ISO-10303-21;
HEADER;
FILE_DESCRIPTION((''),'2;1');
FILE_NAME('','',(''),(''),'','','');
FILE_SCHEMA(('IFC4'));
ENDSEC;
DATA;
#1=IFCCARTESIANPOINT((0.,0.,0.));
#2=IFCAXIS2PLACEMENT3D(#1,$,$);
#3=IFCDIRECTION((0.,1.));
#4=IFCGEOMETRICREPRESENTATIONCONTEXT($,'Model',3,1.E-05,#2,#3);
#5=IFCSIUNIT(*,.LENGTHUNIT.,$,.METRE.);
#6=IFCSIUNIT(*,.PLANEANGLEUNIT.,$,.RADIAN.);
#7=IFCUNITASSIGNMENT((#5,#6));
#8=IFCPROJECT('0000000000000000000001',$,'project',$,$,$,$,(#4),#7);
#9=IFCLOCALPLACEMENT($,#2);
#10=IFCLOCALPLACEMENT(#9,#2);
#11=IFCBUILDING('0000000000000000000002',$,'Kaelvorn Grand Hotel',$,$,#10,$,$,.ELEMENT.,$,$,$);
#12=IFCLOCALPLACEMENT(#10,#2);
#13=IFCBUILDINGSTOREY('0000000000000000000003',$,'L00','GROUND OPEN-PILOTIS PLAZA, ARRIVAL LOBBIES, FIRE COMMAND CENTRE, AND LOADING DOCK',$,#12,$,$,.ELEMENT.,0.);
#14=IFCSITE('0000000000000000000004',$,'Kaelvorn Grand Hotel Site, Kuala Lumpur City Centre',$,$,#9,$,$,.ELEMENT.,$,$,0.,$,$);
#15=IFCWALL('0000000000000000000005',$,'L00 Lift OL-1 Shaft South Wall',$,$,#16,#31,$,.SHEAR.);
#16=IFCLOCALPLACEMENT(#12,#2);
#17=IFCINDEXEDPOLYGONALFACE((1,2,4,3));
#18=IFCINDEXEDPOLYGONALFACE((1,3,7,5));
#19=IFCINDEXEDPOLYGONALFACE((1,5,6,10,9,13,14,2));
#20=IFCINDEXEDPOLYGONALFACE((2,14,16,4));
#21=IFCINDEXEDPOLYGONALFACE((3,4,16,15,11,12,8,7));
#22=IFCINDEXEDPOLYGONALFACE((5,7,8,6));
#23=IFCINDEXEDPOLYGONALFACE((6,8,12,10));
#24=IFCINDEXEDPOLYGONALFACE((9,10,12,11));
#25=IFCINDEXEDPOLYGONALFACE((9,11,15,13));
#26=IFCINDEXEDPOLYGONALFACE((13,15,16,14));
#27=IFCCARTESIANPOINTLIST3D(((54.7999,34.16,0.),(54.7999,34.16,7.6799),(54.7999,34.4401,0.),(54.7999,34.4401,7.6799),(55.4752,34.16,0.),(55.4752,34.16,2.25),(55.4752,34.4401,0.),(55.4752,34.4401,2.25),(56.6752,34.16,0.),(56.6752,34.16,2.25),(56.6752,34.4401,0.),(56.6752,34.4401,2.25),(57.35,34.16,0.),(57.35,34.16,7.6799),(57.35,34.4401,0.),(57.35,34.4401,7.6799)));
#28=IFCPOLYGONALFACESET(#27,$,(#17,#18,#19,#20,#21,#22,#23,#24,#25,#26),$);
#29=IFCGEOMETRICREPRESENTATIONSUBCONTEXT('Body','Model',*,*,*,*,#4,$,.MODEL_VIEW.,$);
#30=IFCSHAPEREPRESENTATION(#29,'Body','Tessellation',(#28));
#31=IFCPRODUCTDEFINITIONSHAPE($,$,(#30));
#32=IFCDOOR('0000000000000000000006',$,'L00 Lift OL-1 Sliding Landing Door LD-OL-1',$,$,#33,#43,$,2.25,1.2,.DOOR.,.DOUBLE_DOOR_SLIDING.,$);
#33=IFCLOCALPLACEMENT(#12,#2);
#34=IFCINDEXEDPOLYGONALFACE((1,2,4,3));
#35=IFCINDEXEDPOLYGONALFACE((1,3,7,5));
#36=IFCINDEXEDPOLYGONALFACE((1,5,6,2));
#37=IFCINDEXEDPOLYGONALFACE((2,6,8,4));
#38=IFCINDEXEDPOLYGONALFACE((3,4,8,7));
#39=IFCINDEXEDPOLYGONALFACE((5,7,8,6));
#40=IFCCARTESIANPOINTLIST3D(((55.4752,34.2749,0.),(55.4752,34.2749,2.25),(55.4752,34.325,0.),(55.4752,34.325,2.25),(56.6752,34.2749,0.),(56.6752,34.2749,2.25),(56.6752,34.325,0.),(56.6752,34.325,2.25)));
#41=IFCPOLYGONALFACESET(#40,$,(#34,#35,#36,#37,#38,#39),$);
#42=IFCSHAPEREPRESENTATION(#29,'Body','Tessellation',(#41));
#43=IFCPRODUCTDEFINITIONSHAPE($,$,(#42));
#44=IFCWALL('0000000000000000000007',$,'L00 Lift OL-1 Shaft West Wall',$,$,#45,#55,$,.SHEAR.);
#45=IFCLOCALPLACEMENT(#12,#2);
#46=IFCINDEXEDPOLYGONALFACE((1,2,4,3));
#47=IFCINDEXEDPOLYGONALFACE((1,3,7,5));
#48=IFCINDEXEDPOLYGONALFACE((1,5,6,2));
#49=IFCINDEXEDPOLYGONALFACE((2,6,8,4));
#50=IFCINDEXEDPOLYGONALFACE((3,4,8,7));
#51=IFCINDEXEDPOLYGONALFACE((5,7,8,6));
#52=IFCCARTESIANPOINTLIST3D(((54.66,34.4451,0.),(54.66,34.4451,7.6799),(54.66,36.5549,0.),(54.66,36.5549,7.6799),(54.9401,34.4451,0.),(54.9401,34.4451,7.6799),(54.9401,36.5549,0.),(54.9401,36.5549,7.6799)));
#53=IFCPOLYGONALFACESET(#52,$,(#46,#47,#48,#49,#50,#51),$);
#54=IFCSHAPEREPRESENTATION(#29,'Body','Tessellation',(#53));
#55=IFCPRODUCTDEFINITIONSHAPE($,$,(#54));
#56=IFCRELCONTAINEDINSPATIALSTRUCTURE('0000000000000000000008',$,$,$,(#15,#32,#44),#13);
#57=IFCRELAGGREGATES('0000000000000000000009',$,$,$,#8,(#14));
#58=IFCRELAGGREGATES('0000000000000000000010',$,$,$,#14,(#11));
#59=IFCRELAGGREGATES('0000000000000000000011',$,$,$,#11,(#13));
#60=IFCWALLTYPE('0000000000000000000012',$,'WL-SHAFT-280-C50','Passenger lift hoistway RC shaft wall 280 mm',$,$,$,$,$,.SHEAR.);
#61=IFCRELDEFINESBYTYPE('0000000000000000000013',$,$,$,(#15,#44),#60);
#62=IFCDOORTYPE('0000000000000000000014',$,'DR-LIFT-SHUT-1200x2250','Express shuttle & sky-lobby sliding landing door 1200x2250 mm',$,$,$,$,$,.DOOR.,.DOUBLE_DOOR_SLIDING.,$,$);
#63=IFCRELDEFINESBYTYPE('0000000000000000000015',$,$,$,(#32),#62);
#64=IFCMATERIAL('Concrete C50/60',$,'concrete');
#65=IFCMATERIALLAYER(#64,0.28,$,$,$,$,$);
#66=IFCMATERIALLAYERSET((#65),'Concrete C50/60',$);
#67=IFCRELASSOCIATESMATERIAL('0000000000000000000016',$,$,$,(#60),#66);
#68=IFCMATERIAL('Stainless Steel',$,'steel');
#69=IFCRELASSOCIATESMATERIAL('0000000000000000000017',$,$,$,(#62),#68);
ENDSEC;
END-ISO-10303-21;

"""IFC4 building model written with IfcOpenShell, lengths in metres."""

from ifc_helpers import new_model, si_unit, direction, frame, frame_2d, origin, place, context, subcontext, project, spatial, rectangle, extrude, material, layer, layer_set, type_object, element, fill, save


model = new_model("IFC4")

# Units and contexts
model_context = context("Model", 3, precision=1e-05, world=origin(), true_north=direction((0.0, 1.0)))
body_context = subcontext(model_context, "Body", "Model", "MODEL_VIEW")
ifc_project = project(units=[si_unit("LENGTHUNIT", "METRE"), si_unit("PLANEANGLEUNIT", "RADIAN")], contexts=[model_context])

# Site, building, storey
site_placement = place(None, origin())
site = spatial("IfcSite", under=ifc_project, at=site_placement, Name="Kaelvorn Grand Hotel Site, Kuala Lumpur City Centre", CompositionType="ELEMENT", RefElevation=0.0)
building_placement = place(site_placement, origin())
building = spatial("IfcBuilding", under=site, at=building_placement, Name="Kaelvorn Grand Hotel", CompositionType="ELEMENT")
storey_placement = place(building_placement, origin())
storey = spatial("IfcBuildingStorey", under=building, at=storey_placement, Name="L00", Description="GROUND OPEN-PILOTIS PLAZA, ARRIVAL LOBBIES, FIRE COMMAND CENTRE, AND LOADING DOCK", CompositionType="ELEMENT", Elevation=0.0)

# Wall, opening, door
ifc_material_1 = material(Name="Concrete C50/60", Category="concrete")
ifc_layer_1 = layer(ifc_material_1, 0.28)
ifc_layer_set_1 = layer_set([ifc_layer_1], Name="Concrete C50/60")
wall_type_1 = type_object("IfcWallType", Name="WL-SHAFT-280-C50", Description="Passenger lift hoistway RC shaft wall 280 mm", PredefinedType="SHEAR", material=ifc_layer_set_1)
wall_1_placement = place(storey_placement, frame((54.8, 34.3, 0.0), z_axis=(0.0, 0.0, 1.0), x_axis=(1.0, 0.0, 0.0)))
wall_1 = element("IfcWall", 1, at=wall_1_placement, inside=storey, type_object=wall_type_1, Name="L00 Lift OL-1 Shaft South Wall", PredefinedType="SHEAR", context=body_context, shape_type="SweptSolid", body=[
    extrude(rectangle(XDim=2.55, YDim=0.28, at=frame_2d((1.2749, 0.0))), origin(), (0.0, 0.0, 1.0), 7.6799),
])
opening_1_placement = place(wall_1_placement, frame((0.675, 0.0, 0.0)))
opening_1 = element("IfcOpeningElement", 2, at=opening_1_placement, cuts=wall_1, PredefinedType="OPENING", context=body_context, shape_type="SweptSolid", body=[
    extrude(rectangle(XDim=1.2, YDim=2.25, at=frame_2d((0.6001, 1.125))), frame((0.0, 0.1499, 0.0), z_axis=(0.0, -1.0, 0.0), x_axis=(1.0, 0.0, 0.0)), (0.0, 0.0, 1.0), 0.3),
])
ifc_material_2 = material(Name="Stainless Steel", Category="steel")
door_type_1 = type_object("IfcDoorType", Name="DR-LIFT-SHUT-1200x2250", Description="Express shuttle & sky-lobby sliding landing door 1200x2250 mm", OperationType="DOUBLE_DOOR_SLIDING", PredefinedType="DOOR", material=ifc_material_2)
door_1_placement = place(opening_1_placement, origin())
door_1 = element("IfcDoor", 3, at=door_1_placement, inside=storey, type_object=door_type_1, Name="L00 Lift OL-1 Sliding Landing Door LD-OL-1", OperationType="DOUBLE_DOOR_SLIDING", OverallHeight=2.25, OverallWidth=1.2, PredefinedType="DOOR", context=body_context, shape_type="SweptSolid", body=[
    extrude(rectangle(XDim=1.2, YDim=2.25, at=frame_2d((0.6001, 1.125))), frame((0.0, 0.0249, 0.0), z_axis=(0.0, -1.0, 0.0), x_axis=(1.0, 0.0, 0.0)), (0.0, 0.0, 1.0), 0.05),
])
fill(opening_1, door_1)

# Wall
wall_2_placement = place(storey_placement, frame((54.8, 34.4451, 0.0), z_axis=(0.0, 0.0, 1.0), x_axis=(0.0, 1.0, 0.0)))
element("IfcWall", 4, at=wall_2_placement, inside=storey, type_object=wall_type_1, Name="L00 Lift OL-1 Shaft West Wall", PredefinedType="SHEAR", context=body_context, shape_type="SweptSolid", body=[
    extrude(rectangle(XDim=2.1099, YDim=0.28, at=frame_2d((1.0549, 0.0))), origin(), (0.0, 0.0, 1.0), 7.6799),
])

save(model, "model.ifc")
